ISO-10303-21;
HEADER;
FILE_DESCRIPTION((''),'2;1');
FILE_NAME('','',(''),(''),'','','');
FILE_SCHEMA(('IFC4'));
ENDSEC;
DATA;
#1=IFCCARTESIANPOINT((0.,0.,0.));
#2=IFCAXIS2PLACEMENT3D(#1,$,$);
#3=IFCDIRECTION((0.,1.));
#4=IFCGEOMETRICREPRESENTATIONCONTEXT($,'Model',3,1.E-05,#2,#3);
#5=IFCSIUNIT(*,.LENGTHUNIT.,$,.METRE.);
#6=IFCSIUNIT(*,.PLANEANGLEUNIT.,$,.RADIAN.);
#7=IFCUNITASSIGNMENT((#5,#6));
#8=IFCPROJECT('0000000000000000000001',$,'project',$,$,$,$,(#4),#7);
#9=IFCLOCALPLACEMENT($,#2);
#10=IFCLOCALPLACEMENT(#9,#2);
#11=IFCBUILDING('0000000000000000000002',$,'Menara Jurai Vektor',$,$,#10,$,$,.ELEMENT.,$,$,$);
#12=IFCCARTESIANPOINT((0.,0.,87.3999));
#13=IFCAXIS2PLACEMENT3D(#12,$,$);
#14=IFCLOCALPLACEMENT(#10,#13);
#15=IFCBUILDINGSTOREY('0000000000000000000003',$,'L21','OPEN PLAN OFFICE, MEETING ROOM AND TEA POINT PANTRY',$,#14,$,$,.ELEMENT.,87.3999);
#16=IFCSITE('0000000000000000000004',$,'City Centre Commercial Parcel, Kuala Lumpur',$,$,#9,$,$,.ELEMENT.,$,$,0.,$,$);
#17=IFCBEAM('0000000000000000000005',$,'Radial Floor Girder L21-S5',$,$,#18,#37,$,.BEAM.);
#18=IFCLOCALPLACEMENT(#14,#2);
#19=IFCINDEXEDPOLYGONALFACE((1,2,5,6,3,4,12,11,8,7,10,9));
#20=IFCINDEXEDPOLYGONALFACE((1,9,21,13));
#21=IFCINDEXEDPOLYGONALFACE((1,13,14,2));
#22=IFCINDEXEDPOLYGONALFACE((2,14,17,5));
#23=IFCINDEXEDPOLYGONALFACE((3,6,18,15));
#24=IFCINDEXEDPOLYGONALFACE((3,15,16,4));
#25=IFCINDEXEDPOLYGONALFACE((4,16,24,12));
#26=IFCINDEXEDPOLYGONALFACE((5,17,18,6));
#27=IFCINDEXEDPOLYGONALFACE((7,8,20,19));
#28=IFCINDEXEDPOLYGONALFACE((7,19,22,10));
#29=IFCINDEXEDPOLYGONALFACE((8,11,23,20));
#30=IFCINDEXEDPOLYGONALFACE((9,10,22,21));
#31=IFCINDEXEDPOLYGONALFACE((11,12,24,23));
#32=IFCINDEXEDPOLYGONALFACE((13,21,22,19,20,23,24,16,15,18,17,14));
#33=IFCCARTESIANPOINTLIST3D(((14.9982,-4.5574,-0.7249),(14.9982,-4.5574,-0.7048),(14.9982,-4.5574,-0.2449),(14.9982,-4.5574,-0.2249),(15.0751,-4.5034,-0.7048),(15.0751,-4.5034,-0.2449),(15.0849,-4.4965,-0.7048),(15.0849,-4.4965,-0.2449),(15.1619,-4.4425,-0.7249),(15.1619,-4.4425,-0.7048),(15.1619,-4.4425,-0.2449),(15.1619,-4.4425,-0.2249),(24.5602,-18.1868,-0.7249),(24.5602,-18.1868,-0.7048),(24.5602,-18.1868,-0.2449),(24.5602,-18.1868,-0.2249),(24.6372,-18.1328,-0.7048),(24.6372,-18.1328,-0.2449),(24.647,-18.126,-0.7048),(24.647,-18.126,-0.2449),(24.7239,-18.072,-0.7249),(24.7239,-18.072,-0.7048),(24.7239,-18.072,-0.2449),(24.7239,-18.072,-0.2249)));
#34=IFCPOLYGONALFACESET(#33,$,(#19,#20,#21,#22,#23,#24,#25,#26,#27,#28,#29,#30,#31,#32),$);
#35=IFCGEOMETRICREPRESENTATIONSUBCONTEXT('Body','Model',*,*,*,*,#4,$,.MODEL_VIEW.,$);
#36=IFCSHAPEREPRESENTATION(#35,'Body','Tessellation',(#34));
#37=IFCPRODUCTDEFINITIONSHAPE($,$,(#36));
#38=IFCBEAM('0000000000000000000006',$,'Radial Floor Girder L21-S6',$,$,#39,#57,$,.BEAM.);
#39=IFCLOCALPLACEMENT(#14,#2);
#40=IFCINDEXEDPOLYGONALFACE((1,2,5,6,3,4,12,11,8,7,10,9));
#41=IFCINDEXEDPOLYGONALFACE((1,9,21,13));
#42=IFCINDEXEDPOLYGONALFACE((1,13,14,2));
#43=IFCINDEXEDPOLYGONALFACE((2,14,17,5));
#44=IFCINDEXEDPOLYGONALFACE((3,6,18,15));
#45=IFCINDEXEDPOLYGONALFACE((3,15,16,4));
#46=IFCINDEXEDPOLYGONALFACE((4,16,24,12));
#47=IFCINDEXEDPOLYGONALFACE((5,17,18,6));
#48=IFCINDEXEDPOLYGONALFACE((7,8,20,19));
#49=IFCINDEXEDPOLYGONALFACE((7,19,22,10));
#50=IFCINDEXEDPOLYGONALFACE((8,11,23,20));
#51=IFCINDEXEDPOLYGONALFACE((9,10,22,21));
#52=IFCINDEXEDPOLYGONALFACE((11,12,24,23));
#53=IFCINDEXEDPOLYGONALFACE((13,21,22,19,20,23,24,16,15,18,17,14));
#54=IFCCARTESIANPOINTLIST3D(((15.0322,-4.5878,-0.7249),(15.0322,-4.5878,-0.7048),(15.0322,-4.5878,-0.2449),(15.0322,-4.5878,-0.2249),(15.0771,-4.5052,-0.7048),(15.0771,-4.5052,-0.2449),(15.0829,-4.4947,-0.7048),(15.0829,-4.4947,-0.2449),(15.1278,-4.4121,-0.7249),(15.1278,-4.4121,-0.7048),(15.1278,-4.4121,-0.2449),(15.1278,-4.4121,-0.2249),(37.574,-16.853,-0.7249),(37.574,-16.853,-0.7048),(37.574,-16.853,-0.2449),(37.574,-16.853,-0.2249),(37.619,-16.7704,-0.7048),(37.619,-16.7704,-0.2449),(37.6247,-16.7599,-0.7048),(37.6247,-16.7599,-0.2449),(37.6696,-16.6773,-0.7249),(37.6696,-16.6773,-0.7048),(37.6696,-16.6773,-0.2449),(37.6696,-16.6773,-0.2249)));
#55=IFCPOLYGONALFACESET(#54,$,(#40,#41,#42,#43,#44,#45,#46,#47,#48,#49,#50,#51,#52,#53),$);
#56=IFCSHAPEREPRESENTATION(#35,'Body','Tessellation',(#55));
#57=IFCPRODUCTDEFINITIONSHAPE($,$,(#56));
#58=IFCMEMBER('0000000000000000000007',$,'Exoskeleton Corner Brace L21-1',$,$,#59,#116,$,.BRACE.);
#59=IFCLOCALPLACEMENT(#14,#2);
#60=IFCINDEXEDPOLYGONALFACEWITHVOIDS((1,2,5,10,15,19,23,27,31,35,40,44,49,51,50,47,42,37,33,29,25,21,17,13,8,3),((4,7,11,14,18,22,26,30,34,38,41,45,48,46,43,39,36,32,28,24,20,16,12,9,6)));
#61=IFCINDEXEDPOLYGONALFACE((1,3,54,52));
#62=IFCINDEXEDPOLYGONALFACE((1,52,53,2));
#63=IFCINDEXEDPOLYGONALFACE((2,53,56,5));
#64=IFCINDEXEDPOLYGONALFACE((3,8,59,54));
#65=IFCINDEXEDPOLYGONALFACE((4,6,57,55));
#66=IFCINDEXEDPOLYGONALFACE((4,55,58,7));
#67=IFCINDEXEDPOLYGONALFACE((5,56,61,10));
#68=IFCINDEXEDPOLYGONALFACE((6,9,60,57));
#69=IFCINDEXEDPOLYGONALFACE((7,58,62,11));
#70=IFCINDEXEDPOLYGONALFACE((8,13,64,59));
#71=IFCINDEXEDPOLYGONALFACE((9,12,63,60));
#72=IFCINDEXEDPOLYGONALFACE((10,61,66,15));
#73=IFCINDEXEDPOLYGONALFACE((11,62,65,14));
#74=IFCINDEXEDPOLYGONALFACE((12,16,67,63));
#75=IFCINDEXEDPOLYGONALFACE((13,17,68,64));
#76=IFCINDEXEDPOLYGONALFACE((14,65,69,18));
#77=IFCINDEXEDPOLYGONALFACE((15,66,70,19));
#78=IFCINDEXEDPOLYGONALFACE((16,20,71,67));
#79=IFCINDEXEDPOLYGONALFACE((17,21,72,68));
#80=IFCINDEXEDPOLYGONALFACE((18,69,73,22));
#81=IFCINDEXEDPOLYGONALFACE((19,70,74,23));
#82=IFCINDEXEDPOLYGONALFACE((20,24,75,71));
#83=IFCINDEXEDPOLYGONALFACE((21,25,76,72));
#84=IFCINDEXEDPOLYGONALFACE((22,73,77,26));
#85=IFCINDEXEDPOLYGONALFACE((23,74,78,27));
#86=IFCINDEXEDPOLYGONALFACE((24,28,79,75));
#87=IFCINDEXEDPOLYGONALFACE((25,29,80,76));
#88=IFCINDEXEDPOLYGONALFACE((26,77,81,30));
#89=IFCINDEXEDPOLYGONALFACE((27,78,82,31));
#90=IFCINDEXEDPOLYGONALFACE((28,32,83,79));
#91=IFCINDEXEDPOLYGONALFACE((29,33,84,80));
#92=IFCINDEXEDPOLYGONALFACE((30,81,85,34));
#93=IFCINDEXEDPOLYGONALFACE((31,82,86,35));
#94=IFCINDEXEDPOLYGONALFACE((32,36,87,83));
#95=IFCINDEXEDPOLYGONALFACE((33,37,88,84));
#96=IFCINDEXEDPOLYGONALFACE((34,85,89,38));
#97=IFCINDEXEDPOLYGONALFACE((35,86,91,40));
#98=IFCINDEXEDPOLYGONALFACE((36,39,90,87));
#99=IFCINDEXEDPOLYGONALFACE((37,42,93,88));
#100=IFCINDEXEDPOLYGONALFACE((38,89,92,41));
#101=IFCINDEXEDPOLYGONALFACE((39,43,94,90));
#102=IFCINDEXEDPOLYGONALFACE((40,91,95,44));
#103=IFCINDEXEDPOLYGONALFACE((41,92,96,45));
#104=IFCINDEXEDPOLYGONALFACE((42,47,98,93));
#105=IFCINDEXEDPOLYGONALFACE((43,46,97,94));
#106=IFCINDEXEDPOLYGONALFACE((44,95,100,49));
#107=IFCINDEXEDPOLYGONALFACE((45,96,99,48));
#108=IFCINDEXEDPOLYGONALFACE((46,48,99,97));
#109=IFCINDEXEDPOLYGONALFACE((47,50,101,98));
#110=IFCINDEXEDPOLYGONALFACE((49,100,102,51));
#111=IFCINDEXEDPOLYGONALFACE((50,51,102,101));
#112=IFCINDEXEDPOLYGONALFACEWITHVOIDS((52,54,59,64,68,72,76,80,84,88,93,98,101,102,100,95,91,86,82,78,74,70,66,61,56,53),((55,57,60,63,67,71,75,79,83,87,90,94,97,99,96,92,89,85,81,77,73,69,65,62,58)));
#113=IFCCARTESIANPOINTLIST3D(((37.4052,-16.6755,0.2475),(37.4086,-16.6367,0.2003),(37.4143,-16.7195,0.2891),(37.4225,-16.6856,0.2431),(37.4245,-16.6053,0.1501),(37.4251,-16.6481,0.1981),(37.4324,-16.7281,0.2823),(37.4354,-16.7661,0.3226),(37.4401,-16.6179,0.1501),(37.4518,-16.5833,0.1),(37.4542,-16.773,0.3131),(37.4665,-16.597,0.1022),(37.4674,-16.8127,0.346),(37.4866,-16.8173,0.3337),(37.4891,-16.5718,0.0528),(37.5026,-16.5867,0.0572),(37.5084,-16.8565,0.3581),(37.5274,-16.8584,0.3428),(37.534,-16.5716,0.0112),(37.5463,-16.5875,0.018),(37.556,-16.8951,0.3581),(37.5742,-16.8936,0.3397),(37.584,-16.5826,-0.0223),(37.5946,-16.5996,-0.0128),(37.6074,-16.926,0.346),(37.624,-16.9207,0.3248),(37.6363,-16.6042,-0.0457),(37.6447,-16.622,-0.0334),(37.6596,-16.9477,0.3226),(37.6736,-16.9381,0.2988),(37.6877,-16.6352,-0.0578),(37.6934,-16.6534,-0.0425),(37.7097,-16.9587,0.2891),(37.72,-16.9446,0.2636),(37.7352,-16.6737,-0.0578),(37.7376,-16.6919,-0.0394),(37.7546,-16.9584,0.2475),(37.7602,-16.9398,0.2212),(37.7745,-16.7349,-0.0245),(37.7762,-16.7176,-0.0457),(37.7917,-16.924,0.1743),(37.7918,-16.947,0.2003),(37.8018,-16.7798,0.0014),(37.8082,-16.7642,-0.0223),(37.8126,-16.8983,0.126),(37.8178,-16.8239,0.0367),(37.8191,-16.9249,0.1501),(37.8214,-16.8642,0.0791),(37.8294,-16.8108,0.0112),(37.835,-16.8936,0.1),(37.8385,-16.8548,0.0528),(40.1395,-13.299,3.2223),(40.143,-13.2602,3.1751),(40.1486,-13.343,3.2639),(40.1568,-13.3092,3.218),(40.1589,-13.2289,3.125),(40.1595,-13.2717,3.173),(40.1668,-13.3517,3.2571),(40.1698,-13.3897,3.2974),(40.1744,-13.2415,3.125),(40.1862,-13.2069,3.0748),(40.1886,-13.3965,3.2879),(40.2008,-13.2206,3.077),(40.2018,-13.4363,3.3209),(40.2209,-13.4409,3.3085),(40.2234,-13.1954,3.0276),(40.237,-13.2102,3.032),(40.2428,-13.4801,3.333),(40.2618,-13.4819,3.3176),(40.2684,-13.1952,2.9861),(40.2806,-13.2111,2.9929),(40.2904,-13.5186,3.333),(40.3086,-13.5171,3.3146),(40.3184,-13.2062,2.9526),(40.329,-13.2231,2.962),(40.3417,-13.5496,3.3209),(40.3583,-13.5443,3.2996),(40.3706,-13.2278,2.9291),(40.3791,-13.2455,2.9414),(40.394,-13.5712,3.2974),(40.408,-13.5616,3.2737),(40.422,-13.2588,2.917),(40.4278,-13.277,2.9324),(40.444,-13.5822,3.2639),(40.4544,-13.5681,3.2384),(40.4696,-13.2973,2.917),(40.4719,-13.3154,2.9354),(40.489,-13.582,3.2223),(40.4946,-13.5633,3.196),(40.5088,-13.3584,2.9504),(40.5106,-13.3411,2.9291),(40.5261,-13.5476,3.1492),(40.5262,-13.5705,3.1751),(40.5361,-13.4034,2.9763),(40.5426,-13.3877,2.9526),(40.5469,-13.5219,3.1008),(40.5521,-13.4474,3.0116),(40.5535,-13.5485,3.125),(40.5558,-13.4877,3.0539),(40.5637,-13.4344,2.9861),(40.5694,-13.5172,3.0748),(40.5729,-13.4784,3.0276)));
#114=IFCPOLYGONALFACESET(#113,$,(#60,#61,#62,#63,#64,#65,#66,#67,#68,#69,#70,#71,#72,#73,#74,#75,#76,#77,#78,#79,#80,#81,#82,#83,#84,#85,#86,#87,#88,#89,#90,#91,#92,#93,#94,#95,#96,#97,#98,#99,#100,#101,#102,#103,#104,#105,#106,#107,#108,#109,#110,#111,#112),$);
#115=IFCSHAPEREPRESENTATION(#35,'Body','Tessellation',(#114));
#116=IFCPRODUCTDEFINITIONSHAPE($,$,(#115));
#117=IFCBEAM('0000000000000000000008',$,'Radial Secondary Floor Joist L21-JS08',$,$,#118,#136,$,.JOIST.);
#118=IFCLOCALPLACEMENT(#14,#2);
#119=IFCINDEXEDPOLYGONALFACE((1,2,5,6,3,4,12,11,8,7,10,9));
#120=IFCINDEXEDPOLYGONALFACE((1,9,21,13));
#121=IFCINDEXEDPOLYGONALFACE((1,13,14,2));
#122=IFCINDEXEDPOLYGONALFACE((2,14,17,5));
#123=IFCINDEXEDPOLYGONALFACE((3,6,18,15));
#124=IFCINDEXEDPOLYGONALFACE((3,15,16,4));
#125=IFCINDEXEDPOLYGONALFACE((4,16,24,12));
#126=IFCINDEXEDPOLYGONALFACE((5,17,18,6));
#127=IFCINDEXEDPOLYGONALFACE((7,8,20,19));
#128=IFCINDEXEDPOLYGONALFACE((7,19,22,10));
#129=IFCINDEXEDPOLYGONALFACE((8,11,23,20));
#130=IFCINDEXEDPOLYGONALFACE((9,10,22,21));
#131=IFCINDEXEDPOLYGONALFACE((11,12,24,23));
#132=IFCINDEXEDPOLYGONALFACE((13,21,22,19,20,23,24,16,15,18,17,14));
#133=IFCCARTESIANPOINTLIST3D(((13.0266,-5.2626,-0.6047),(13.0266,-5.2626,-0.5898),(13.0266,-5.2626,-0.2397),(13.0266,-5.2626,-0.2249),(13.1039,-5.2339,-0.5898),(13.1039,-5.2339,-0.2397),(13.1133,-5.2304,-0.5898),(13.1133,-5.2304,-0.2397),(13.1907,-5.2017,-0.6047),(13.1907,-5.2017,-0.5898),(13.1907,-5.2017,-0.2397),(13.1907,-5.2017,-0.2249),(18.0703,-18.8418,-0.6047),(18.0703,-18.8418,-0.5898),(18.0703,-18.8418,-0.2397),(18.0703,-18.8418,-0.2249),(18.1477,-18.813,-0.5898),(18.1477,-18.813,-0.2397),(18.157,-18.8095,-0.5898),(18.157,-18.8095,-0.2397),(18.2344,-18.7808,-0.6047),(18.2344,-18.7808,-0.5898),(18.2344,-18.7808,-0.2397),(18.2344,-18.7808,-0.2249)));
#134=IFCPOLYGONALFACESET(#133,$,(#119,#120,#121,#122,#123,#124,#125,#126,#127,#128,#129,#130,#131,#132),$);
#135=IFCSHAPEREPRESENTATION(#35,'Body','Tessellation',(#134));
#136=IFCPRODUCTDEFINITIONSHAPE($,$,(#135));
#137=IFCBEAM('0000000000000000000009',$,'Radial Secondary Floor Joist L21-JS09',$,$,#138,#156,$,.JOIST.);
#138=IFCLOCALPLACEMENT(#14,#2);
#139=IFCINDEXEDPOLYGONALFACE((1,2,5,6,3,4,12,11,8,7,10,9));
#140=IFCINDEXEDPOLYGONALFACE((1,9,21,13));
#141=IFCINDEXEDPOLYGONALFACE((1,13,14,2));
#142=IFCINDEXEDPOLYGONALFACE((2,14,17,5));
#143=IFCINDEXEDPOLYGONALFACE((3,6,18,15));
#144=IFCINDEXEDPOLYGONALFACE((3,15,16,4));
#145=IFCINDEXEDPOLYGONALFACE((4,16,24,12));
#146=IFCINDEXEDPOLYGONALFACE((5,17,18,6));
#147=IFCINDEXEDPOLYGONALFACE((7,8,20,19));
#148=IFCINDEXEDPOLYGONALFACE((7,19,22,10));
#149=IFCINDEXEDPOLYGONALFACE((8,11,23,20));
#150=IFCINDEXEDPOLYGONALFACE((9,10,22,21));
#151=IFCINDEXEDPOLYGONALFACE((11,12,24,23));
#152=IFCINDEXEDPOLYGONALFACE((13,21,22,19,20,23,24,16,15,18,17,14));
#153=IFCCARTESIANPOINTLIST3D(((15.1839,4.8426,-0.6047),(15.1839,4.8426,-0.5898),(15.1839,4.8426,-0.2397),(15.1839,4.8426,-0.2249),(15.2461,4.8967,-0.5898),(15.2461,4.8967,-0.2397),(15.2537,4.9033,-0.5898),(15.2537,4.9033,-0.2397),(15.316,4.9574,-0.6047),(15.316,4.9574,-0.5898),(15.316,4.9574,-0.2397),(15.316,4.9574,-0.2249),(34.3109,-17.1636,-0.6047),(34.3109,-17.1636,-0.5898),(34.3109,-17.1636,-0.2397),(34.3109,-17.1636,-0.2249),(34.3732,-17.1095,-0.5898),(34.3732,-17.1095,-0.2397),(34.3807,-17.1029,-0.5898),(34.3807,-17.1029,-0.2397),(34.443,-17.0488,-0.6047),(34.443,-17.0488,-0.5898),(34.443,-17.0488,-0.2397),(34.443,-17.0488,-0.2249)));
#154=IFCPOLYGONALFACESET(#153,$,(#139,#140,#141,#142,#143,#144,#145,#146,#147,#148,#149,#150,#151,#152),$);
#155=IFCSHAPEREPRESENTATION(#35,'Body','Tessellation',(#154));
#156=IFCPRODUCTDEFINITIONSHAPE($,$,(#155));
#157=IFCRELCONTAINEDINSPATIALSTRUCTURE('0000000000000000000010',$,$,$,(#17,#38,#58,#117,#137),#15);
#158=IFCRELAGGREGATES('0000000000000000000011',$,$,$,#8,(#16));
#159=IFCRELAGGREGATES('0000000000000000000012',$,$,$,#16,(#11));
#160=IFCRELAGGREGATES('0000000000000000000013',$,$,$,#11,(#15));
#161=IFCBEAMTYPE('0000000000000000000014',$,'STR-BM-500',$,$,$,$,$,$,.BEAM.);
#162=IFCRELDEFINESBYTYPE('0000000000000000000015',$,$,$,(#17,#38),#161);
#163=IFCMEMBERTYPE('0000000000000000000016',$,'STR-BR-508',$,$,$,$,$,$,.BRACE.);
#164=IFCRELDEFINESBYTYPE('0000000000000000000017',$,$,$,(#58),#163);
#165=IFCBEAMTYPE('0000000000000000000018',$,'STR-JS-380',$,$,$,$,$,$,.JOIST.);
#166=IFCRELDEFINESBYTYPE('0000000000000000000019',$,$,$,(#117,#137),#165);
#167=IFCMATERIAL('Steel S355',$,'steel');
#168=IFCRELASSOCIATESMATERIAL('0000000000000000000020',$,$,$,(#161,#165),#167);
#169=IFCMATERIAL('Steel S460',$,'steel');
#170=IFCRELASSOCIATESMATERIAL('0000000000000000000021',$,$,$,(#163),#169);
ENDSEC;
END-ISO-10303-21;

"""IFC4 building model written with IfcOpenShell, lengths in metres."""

from ifc_helpers import new_model, si_unit, direction, frame, origin, origin_2d, place, context, subcontext, project, spatial, hollow_circle, i_section, extrude, material, material_profile, profile_set, type_object, element, save


model = new_model("IFC4")

# Units and contexts
model_context = context("Model", 3, precision=1e-05, world=origin(), true_north=direction((0.0, 1.0)))
body_context = subcontext(model_context, "Body", "Model", "MODEL_VIEW")
ifc_project = project(units=[si_unit("LENGTHUNIT", "METRE"), si_unit("PLANEANGLEUNIT", "RADIAN")], contexts=[model_context])

# Site, building, storey
site_placement = place(None, origin())
site = spatial("IfcSite", under=ifc_project, at=site_placement, Name="City Centre Commercial Parcel, Kuala Lumpur", CompositionType="ELEMENT", RefElevation=0.0)
building_placement = place(site_placement, origin())
building = spatial("IfcBuilding", under=site, at=building_placement, Name="Menara Jurai Vektor", CompositionType="ELEMENT")
storey_placement = place(building_placement, frame((0.0, 0.0, 87.3999)))
storey = spatial("IfcBuildingStorey", under=building, at=storey_placement, Name="L21", Description="OPEN PLAN OFFICE, MEETING ROOM AND TEA POINT PANTRY", CompositionType="ELEMENT", Elevation=87.3999)

# Shared definitions
ifc_material_1 = material(Name="Steel S460", Category="steel")

# Beams
ifc_material_2 = material(Name="Steel S355", Category="steel")
ifc_material_profile_1 = material_profile(ifc_material_2, i_section(OverallWidth=0.2, OverallDepth=0.5, WebThickness=0.012, FlangeThickness=0.02, at=origin_2d()), Name="PG 500x200x96")
ifc_profile_set_1 = profile_set([ifc_material_profile_1], Name="Steel S355")
beam_type_1 = type_object("IfcBeamType", Name="STR-BM-500", PredefinedType="BEAM", material=ifc_profile_set_1)
beam_1_placement = place(storey_placement, frame((24.6421, -18.1294, -0.4749), z_axis=(-0.574326, 0.818627, 0.0), x_axis=(-0.818627, -0.574326, 0.0)))
element("IfcBeam", 1, at=beam_1_placement, inside=storey, type_object=beam_type_1, Name="Radial Floor Girder L21-S5", PredefinedType="BEAM", context=body_context, shape_type="SweptSolid", body=[
    extrude(i_section(OverallWidth=0.2, OverallDepth=0.5, WebThickness=0.012, FlangeThickness=0.02, at=origin_2d()), origin(), (0.0, 0.0, 1.0), 16.6492),
])
beam_2_placement = place(storey_placement, frame((37.6218, -16.7651, -0.4749), z_axis=(-0.878392, 0.47794, 0.0), x_axis=(-0.47794, -0.878392, 0.0)))
element("IfcBeam", 2, at=beam_2_placement, inside=storey, type_object=beam_type_1, Name="Radial Floor Girder L21-S6", PredefinedType="BEAM", context=body_context, shape_type="SweptSolid", body=[
    extrude(i_section(OverallWidth=0.2, OverallDepth=0.5, WebThickness=0.012, FlangeThickness=0.02, at=origin_2d()), origin(), (0.0, 0.0, 1.0), 25.6626),
])

# Member
ifc_material_profile_2 = material_profile(ifc_material_1, hollow_circle(Radius=0.2539, WallThickness=0.02, at=origin_2d()), Name="CHS 508x20")
ifc_profile_set_2 = profile_set([ifc_material_profile_2], Name="Steel S460")
member_type_1 = type_object("IfcMemberType", Name="STR-BR-508", PredefinedType="BRACE", material=ifc_profile_set_2)
member_1_placement = place(storey_placement, frame((37.6218, -16.7651, 0.1501), z_axis=(0.519285, 0.641225, 0.564955), x_axis=(-0.777127, 0.629344, 0.0)))
element("IfcMember", 3, at=member_1_placement, inside=storey, type_object=member_type_1, Name="Exoskeleton Corner Brace L21-1", PredefinedType="BRACE", context=body_context, shape_type="SweptSolid", body=[
    extrude(hollow_circle(Radius=0.2539, WallThickness=0.02, at=origin_2d()), origin(), (0.0, 0.0, 1.0), 5.2656),
])

# Beams
ifc_material_profile_3 = material_profile(ifc_material_2, i_section(OverallWidth=0.175, OverallDepth=0.3799, WebThickness=0.01, FlangeThickness=0.0149, at=origin_2d()), Name="PG 380x175x58")
ifc_profile_set_3 = profile_set([ifc_material_profile_3], Name="Steel S355")
beam_type_2 = type_object("IfcBeamType", Name="STR-JS-380", PredefinedType="JOIST", material=ifc_profile_set_3)
beam_3_placement = place(storey_placement, frame((18.1523, -18.8113, -0.4148), z_axis=(-0.348189, 0.937424, 0.0), x_axis=(-0.937424, -0.348189, 0.0)))
element("IfcBeam", 4, at=beam_3_placement, inside=storey, type_object=beam_type_2, Name="Radial Secondary Floor Joist L21-JS08", PredefinedType="JOIST", context=body_context, shape_type="SweptSolid", body=[
    extrude(i_section(OverallWidth=0.175, OverallDepth=0.3799, WebThickness=0.01, FlangeThickness=0.0149, at=origin_2d()), origin(), (0.0, 0.0, 1.0), 14.4856),
])
beam_4_placement = place(storey_placement, frame((34.377, -17.1062, -0.4148), z_axis=(-0.656007, 0.754755, 0.0), x_axis=(-0.754755, -0.656007, 0.0)))
element("IfcBeam", 5, at=beam_4_placement, inside=storey, type_object=beam_type_2, Name="Radial Secondary Floor Joist L21-JS09", PredefinedType="JOIST", context=body_context, shape_type="SweptSolid", body=[
    extrude(i_section(OverallWidth=0.175, OverallDepth=0.3799, WebThickness=0.01, FlangeThickness=0.0149, at=origin_2d()), origin(), (0.0, 0.0, 1.0), 29.1567),
])

save(model, "model.ifc")
